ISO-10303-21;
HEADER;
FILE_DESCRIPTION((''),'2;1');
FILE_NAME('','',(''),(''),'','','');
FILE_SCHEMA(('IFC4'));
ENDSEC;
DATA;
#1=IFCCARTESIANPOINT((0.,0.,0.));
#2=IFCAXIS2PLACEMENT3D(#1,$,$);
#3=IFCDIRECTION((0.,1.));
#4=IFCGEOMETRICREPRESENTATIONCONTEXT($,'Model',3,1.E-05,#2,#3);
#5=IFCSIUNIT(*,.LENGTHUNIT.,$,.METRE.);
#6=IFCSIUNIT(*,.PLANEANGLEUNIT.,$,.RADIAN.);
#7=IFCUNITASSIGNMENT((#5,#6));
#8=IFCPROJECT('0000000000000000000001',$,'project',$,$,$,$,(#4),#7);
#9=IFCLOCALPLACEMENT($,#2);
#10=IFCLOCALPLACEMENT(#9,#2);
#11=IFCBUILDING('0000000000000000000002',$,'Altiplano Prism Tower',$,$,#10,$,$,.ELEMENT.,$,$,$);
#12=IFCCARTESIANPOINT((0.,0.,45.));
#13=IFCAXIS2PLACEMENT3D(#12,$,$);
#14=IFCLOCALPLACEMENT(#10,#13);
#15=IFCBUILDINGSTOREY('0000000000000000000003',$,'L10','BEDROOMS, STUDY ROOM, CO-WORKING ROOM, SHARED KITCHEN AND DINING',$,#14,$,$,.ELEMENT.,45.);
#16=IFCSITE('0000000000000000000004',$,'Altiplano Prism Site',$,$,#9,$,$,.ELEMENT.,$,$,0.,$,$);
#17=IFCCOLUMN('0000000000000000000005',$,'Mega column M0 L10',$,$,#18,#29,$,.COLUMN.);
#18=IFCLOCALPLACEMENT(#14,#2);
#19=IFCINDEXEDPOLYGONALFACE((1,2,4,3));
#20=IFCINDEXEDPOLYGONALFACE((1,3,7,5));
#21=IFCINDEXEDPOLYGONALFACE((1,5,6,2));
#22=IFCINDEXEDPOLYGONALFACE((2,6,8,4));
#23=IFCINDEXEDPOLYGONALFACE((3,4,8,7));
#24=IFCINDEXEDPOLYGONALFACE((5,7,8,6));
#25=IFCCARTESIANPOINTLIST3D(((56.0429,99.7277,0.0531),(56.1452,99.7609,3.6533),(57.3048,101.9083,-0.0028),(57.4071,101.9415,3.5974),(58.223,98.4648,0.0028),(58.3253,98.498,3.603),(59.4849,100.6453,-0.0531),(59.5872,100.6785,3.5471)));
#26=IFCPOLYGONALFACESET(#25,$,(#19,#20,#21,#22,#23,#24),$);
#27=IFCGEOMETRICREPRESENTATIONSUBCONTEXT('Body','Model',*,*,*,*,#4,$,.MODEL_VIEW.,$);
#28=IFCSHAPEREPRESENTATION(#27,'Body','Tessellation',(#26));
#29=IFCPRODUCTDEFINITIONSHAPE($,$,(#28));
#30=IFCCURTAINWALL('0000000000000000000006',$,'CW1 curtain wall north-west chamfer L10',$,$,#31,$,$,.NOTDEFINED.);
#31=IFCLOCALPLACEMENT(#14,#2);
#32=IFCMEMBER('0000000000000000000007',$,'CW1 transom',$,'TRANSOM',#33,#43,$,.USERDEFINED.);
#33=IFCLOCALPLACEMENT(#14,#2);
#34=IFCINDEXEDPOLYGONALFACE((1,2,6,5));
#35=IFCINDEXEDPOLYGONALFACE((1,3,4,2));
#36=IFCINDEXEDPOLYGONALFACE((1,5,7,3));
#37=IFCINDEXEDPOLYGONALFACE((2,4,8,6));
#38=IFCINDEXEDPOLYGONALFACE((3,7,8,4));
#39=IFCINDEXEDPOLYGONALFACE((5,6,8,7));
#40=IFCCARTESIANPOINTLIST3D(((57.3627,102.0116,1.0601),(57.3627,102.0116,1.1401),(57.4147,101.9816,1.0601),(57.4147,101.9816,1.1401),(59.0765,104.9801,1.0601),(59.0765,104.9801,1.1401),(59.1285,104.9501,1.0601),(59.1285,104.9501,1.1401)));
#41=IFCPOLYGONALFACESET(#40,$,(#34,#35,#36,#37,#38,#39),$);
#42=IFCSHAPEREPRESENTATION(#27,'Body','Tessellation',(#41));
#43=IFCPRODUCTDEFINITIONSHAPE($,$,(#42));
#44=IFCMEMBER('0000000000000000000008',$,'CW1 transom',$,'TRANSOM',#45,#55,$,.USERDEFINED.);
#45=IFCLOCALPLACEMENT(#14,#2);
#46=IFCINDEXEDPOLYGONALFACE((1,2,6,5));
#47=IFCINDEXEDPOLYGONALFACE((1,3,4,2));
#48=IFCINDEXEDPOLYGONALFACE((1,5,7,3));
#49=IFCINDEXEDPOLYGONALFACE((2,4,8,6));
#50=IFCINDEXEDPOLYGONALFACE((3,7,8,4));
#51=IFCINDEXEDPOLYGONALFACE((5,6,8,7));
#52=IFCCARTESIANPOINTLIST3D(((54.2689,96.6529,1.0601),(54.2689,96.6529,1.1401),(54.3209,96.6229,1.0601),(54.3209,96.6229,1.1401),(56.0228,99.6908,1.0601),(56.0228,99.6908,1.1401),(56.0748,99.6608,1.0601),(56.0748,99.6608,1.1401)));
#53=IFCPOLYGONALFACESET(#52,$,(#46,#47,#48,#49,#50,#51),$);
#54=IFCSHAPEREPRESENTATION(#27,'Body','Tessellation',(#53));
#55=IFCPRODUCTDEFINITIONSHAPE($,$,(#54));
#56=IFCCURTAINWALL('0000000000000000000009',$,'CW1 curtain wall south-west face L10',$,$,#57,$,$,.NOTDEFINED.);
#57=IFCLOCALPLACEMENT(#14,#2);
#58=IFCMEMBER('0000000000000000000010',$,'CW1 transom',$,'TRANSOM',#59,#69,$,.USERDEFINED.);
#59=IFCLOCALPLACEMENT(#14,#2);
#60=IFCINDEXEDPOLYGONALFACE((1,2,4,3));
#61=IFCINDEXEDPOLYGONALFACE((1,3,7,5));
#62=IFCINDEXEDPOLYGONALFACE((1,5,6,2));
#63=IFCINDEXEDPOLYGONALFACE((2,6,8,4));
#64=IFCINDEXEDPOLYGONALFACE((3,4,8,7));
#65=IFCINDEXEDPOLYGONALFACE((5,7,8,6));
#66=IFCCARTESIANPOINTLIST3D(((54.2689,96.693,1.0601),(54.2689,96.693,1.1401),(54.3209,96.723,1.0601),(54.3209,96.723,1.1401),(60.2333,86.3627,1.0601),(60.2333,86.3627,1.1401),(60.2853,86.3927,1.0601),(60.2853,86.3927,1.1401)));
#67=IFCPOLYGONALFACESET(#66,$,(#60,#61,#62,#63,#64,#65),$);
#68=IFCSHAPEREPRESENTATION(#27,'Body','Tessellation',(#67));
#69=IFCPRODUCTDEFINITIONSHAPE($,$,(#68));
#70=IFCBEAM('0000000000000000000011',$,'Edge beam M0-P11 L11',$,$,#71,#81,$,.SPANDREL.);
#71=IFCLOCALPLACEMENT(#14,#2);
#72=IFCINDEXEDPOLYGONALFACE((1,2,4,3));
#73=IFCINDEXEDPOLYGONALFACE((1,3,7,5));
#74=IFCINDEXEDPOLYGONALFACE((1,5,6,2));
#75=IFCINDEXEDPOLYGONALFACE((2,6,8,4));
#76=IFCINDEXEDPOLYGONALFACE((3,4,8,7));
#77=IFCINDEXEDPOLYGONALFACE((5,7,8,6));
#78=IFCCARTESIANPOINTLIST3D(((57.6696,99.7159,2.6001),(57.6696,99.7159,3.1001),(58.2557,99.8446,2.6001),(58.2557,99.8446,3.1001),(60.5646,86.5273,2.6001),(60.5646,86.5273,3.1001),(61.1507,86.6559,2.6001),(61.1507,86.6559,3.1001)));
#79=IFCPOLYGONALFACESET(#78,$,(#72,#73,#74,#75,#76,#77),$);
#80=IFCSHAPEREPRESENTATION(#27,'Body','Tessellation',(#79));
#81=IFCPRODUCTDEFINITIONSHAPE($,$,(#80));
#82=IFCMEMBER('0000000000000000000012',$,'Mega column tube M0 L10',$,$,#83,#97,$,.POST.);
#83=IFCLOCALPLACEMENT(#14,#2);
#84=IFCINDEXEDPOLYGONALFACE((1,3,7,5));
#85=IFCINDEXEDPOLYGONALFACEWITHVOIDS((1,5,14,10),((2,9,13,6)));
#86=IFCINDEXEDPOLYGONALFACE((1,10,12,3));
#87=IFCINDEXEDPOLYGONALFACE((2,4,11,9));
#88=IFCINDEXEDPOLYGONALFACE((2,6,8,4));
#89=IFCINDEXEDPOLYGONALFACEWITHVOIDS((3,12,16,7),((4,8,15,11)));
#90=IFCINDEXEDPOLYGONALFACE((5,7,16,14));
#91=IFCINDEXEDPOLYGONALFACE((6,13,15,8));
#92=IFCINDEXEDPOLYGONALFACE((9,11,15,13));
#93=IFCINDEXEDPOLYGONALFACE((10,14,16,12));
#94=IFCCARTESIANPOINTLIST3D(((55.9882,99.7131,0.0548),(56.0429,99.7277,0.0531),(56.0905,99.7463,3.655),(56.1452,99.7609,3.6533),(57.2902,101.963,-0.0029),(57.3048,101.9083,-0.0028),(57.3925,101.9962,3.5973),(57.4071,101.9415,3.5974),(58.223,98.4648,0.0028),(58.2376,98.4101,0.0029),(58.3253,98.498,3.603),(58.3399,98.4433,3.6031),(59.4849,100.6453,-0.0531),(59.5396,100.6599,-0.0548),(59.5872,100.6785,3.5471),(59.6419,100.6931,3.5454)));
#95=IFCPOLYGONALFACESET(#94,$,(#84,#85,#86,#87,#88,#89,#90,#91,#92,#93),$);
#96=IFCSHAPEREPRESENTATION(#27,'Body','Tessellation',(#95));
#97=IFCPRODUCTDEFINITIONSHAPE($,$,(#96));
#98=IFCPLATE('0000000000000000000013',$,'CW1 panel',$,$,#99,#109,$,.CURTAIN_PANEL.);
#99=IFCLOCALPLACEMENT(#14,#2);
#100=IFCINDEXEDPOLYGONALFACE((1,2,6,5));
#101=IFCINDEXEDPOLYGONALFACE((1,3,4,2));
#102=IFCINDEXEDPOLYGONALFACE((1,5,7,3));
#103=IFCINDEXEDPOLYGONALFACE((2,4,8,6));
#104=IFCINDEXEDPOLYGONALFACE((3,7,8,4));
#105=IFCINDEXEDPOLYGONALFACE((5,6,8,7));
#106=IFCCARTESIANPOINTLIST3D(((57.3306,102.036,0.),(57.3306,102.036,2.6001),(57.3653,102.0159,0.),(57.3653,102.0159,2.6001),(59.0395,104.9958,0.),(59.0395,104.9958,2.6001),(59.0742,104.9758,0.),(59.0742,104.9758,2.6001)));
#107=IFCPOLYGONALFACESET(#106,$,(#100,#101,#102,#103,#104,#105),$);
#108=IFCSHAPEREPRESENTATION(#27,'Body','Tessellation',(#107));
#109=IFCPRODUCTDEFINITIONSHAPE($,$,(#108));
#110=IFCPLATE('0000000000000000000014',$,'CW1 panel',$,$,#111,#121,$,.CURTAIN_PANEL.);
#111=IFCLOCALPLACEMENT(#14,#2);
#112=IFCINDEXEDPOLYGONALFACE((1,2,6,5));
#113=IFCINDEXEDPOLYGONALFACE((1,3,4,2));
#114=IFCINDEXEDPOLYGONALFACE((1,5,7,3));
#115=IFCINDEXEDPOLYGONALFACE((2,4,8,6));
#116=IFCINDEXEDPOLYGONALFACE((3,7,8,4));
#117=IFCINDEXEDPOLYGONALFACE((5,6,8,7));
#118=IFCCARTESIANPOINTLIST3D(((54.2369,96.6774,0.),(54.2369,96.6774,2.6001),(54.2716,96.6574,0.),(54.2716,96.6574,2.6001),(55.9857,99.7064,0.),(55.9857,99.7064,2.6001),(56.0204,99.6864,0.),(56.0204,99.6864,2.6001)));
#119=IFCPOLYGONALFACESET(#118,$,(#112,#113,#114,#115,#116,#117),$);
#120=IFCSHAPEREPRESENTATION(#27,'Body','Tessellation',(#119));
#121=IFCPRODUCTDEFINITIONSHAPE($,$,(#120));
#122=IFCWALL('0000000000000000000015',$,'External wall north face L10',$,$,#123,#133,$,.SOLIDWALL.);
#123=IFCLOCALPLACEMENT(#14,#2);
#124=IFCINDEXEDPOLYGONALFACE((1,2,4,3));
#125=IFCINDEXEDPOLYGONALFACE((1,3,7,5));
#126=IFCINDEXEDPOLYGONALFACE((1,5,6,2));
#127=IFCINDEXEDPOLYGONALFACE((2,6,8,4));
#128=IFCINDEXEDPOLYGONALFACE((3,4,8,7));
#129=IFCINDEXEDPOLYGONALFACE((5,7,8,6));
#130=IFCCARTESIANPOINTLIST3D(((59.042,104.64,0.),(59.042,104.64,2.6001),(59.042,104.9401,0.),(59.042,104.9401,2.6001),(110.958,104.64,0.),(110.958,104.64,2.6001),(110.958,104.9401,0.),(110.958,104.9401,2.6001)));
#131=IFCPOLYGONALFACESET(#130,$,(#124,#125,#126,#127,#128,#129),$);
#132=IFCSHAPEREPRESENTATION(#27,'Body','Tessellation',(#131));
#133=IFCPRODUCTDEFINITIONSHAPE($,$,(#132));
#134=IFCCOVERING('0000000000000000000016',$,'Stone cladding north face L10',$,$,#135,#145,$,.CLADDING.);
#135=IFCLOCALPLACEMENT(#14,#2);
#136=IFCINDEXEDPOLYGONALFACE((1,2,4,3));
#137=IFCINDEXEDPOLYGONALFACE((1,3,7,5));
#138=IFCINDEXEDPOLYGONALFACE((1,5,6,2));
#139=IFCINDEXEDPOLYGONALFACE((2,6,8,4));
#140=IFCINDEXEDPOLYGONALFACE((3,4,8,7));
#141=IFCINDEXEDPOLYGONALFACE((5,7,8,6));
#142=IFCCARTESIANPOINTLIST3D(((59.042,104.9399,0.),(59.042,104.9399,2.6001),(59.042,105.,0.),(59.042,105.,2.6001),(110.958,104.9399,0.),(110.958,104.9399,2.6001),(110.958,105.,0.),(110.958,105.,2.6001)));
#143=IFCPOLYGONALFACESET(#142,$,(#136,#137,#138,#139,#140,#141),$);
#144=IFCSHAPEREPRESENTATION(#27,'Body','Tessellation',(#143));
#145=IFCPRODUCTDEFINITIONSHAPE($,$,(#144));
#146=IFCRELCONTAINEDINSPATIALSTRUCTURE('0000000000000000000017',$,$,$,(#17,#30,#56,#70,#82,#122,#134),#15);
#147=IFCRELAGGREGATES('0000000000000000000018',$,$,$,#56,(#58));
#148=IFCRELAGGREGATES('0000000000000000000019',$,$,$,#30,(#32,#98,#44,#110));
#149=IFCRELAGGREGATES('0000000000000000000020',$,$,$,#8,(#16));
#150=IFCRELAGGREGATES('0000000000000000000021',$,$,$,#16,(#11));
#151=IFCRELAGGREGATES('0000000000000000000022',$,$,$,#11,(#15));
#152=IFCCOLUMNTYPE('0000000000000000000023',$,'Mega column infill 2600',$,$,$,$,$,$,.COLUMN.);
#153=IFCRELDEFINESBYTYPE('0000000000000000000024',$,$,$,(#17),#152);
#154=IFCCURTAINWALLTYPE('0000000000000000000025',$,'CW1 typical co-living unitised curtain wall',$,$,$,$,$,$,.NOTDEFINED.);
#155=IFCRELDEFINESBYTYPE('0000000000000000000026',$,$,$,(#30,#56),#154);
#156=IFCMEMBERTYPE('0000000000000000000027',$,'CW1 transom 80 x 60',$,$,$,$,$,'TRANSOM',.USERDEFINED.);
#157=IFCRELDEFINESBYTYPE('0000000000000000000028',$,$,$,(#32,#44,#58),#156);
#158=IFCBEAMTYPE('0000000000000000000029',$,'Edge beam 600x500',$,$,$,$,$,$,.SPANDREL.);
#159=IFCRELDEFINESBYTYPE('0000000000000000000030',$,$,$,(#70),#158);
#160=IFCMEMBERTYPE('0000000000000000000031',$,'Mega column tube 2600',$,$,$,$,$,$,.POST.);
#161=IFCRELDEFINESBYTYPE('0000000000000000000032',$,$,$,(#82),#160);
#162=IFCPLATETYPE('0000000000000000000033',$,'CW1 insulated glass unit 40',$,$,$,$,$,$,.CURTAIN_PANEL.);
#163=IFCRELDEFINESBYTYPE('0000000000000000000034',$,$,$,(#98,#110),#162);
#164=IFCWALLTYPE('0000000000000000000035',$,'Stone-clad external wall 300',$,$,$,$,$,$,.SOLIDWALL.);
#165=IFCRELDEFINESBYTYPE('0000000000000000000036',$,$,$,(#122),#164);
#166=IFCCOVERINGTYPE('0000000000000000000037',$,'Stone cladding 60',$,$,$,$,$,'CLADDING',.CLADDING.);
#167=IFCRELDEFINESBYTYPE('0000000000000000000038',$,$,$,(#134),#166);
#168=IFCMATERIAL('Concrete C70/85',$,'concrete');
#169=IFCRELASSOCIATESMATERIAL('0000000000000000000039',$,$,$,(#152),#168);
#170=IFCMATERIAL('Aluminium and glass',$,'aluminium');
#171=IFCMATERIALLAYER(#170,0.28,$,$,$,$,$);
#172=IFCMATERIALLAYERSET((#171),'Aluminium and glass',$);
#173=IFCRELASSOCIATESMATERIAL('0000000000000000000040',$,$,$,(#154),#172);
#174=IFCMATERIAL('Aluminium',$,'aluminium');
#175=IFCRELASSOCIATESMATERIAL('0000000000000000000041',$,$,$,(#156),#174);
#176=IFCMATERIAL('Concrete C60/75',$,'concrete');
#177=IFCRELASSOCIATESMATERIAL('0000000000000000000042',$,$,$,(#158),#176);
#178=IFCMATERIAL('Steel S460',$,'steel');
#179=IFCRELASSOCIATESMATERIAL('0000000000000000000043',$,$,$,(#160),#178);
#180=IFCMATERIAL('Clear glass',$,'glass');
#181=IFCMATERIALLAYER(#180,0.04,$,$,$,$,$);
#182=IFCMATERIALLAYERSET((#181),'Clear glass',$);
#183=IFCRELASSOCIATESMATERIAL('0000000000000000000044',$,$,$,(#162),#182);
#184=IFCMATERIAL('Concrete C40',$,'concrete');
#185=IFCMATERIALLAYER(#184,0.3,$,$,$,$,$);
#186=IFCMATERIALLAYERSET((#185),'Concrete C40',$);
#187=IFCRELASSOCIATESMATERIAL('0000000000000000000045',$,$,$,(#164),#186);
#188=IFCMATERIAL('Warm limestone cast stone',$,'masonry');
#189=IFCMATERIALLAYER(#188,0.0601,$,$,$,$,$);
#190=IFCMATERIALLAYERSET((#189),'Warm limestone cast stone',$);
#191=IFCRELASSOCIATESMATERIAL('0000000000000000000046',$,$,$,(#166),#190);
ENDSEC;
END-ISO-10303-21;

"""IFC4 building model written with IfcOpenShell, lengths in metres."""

from ifc_helpers import new_model, si_unit, direction, frame, frame_2d, origin, origin_2d, place, context, subcontext, project, spatial, rectangle, hollow_rectangle, extrude, material, layer, layer_set, material_profile, profile_set, type_object, element, aggregate, save


model = new_model("IFC4")

# Units and contexts
model_context = context("Model", 3, precision=1e-05, world=origin(), true_north=direction((0.0, 1.0)))
body_context = subcontext(model_context, "Body", "Model", "MODEL_VIEW")
ifc_project = project(units=[si_unit("LENGTHUNIT", "METRE"), si_unit("PLANEANGLEUNIT", "RADIAN")], contexts=[model_context])

# Site, building, storey
site_placement = place(None, origin())
site = spatial("IfcSite", under=ifc_project, at=site_placement, Name="Altiplano Prism Site", CompositionType="ELEMENT", RefElevation=0.0)
building_placement = place(site_placement, origin())
building = spatial("IfcBuilding", under=site, at=building_placement, Name="Altiplano Prism Tower", CompositionType="ELEMENT")
storey_placement = place(building_placement, frame((0.0, 0.0, 45.0)))
storey = spatial("IfcBuildingStorey", under=building, at=storey_placement, Name="L10", Description="BEDROOMS, STUDY ROOM, CO-WORKING ROOM, SHARED KITCHEN AND DINING", CompositionType="ELEMENT", Elevation=45.0)

# Column
ifc_material_1 = material(Name="Concrete C70/85", Category="concrete")
ifc_material_profile_1 = material_profile(ifc_material_1, rectangle(XDim=2.52, YDim=2.52, at=origin_2d()), Name="Mega column infill 2600")
ifc_profile_set_1 = profile_set([ifc_material_profile_1], Name="Concrete C70/85")
column_type = type_object("IfcColumnType", Name="Mega column infill 2600", PredefinedType="COLUMN", material=ifc_profile_set_1)
column_placement = place(storey_placement, frame((57.7639, 100.1865, 0.0), z_axis=(0.028402, 0.009219, 0.999554), x_axis=(-0.865123, 0.501162, 0.01996)))
element("IfcColumn", 1, at=column_placement, inside=storey, type_object=column_type, Name="Mega column M0 L10", PredefinedType="COLUMN", context=body_context, shape_type="SweptSolid", body=[
    extrude(rectangle(XDim=2.52, YDim=2.52, at=origin_2d()), origin(), (0.0, 0.0, 1.0), 3.6018),
])

# Curtain wall, members
ifc_material_2 = material(Name="Aluminium and glass", Category="aluminium")
ifc_layer_1 = layer(ifc_material_2, 0.28)
ifc_layer_set_1 = layer_set([ifc_layer_1], Name="Aluminium and glass")
curtain_wall_type = type_object("IfcCurtainWallType", Name="CW1 typical co-living unitised curtain wall", PredefinedType="NOTDEFINED", material=ifc_layer_set_1)
curtain_wall_1_placement = place(storey_placement, origin())
curtain_wall_1 = element("IfcCurtainWall", 2, at=curtain_wall_1_placement, inside=storey, type_object=curtain_wall_type, Name="CW1 curtain wall north-west chamfer L10", PredefinedType="NOTDEFINED")
ifc_material_3 = material(Name="Aluminium", Category="aluminium")
ifc_material_profile_2 = material_profile(ifc_material_3, rectangle(XDim=0.0601, YDim=0.0801, at=origin_2d()), Name="CW1 transom 80 x 60")
ifc_profile_set_2 = profile_set([ifc_material_profile_2], Name="Aluminium")
member_type_1 = type_object("IfcMemberType", Name="CW1 transom 80 x 60", ElementType="TRANSOM", PredefinedType="USERDEFINED", material=ifc_profile_set_2)
member_1_placement = place(storey_placement, frame((59.1025, 104.9651, 1.1001), z_axis=(-0.5, -0.866025, 0.0), x_axis=(0.866025, -0.5, 0.0)))
member_1 = element("IfcMember", 3, at=member_1_placement, type_object=member_type_1, Name="CW1 transom", ObjectType="TRANSOM", PredefinedType="USERDEFINED", context=body_context, shape_type="SweptSolid", body=[
    extrude(rectangle(XDim=0.0601, YDim=0.0801, at=origin_2d()), origin(), (0.0, 0.0, 1.0), 3.4277),
])
member_2_placement = place(storey_placement, frame((56.0488, 99.6758, 1.1001), z_axis=(-0.500002, -0.866024, 0.0), x_axis=(0.866024, -0.500002, 0.0)))
member_2 = element("IfcMember", 4, at=member_2_placement, type_object=member_type_1, Name="CW1 transom", ObjectType="TRANSOM", PredefinedType="USERDEFINED", context=body_context, shape_type="SweptSolid", body=[
    extrude(rectangle(XDim=0.0601, YDim=0.0801, at=origin_2d()), origin(), (0.0, 0.0, 1.0), 3.5078),
])

# Curtain wall, member
curtain_wall_2_placement = place(storey_placement, origin())
curtain_wall_2 = element("IfcCurtainWall", 5, at=curtain_wall_2_placement, inside=storey, type_object=curtain_wall_type, Name="CW1 curtain wall south-west face L10", PredefinedType="NOTDEFINED")
member_3_placement = place(storey_placement, frame((54.2949, 96.708, 1.1001), z_axis=(0.500009, -0.86602, 0.0), x_axis=(0.86602, 0.500009, 0.0)))
member_3 = element("IfcMember", 6, at=member_3_placement, type_object=member_type_1, Name="CW1 transom", ObjectType="TRANSOM", PredefinedType="USERDEFINED", context=body_context, shape_type="SweptSolid", body=[
    extrude(rectangle(XDim=0.0601, YDim=0.0801, at=origin_2d()), origin(), (0.0, 0.0, 1.0), 11.9285),
])
aggregate(curtain_wall_2, [member_3])

# Beam
ifc_material_4 = material(Name="Concrete C60/75", Category="concrete")
ifc_material_profile_3 = material_profile(ifc_material_4, rectangle(XDim=0.6001, YDim=0.5, at=origin_2d()), Name="Edge beam 600x500")
ifc_profile_set_3 = profile_set([ifc_material_profile_3], Name="Concrete C60/75")
beam_type = type_object("IfcBeamType", Name="Edge beam 600x500", PredefinedType="SPANDREL", material=ifc_profile_set_3)
beam_placement = place(storey_placement, frame((57.9626, 99.7803, 2.8501), z_axis=(0.214403, -0.976745, 0.0), x_axis=(0.976745, 0.214403, 0.0)))
element("IfcBeam", 7, at=beam_placement, inside=storey, type_object=beam_type, Name="Edge beam M0-P11 L11", PredefinedType="SPANDREL", context=body_context, shape_type="SweptSolid", body=[
    extrude(rectangle(XDim=0.6001, YDim=0.5, at=origin_2d()), origin(), (0.0, 0.0, 1.0), 13.5027),
])

# Member
ifc_material_5 = material(Name="Steel S460", Category="steel")
ifc_material_profile_4 = material_profile(ifc_material_5, hollow_rectangle(XDim=2.6001, YDim=2.6001, WallThickness=0.04, at=origin_2d()), Name="Mega column tube 2600")
ifc_profile_set_4 = profile_set([ifc_material_profile_4], Name="Steel S460")
member_type_2 = type_object("IfcMemberType", Name="Mega column tube 2600", PredefinedType="POST", material=ifc_profile_set_4)
member_4_placement = place(storey_placement, frame((57.7639, 100.1865, 0.0), z_axis=(0.028402, 0.009219, 0.999554), x_axis=(-0.865123, 0.501162, 0.01996)))
element("IfcMember", 8, at=member_4_placement, inside=storey, type_object=member_type_2, Name="Mega column tube M0 L10", PredefinedType="POST", context=body_context, shape_type="SweptSolid", body=[
    extrude(hollow_rectangle(XDim=2.6001, YDim=2.6001, WallThickness=0.04, at=origin_2d()), origin(), (0.0, 0.0, 1.0), 3.6018),
])

# Plates
ifc_material_6 = material(Name="Clear glass", Category="glass")
ifc_layer_2 = layer(ifc_material_6, 0.04)
ifc_layer_set_2 = layer_set([ifc_layer_2], Name="Clear glass")
plate_type = type_object("IfcPlateType", Name="CW1 insulated glass unit 40", PredefinedType="CURTAIN_PANEL", material=ifc_layer_set_2)
plate_1_placement = place(storey_placement, frame((58.2024, 103.5059, 0.0), z_axis=(0.0, 0.0, 1.0), x_axis=(-0.5, -0.866025, 0.0)))
plate_1 = element("IfcPlate", 9, at=plate_1_placement, type_object=plate_type, Name="CW1 panel", PredefinedType="CURTAIN_PANEL", context=body_context, shape_type="SweptSolid", body=[
    extrude(rectangle(XDim=3.4177, YDim=0.04, at=origin_2d()), origin(), (0.0, 0.0, 1.0), 2.6001),
])
plate_2_placement = place(storey_placement, frame((55.1287, 98.1819, 0.0), z_axis=(0.0, 0.0, 1.0), x_axis=(-0.5, -0.866025, 0.0)))
plate_2 = element("IfcPlate", 10, at=plate_2_placement, type_object=plate_type, Name="CW1 panel", PredefinedType="CURTAIN_PANEL", context=body_context, shape_type="SweptSolid", body=[
    extrude(rectangle(XDim=3.4976, YDim=0.04, at=origin_2d()), origin(), (0.0, 0.0, 1.0), 2.6001),
])
aggregate(curtain_wall_1, [member_1, plate_1, member_2, plate_2])

# Wall
ifc_material_7 = material(Name="Concrete C40", Category="concrete")
ifc_layer_3 = layer(ifc_material_7, 0.3)
ifc_layer_set_3 = layer_set([ifc_layer_3], Name="Concrete C40")
wall_type = type_object("IfcWallType", Name="Stone-clad external wall 300", PredefinedType="SOLIDWALL", material=ifc_layer_set_3)
wall_placement = place(storey_placement, frame((59.042, 104.79, 0.0), z_axis=(0.0, 0.0, 1.0), x_axis=(1.0, 0.0, 0.0)))
element("IfcWall", 11, at=wall_placement, inside=storey, type_object=wall_type, Name="External wall north face L10", PredefinedType="SOLIDWALL", context=body_context, shape_type="SweptSolid", body=[
    extrude(rectangle(XDim=51.916, YDim=0.3, at=frame_2d((25.958, 0.0))), origin(), (0.0, 0.0, 1.0), 2.6001),
])

# Covering
ifc_material_8 = material(Name="Warm limestone cast stone", Category="masonry")
ifc_layer_4 = layer(ifc_material_8, 0.0601)
ifc_layer_set_4 = layer_set([ifc_layer_4], Name="Warm limestone cast stone")
covering_type = type_object("IfcCoveringType", Name="Stone cladding 60", ElementType="CLADDING", PredefinedType="CLADDING", material=ifc_layer_set_4)
covering_placement = place(storey_placement, frame((59.042, 104.97, 0.0), z_axis=(0.0, 0.0, 1.0), x_axis=(1.0, 0.0, 0.0)))
element("IfcCovering", 12, at=covering_placement, inside=storey, type_object=covering_type, Name="Stone cladding north face L10", PredefinedType="CLADDING", context=body_context, shape_type="SweptSolid", body=[
    extrude(rectangle(XDim=51.916, YDim=0.0601, at=frame_2d((25.958, 0.0))), origin(), (0.0, 0.0, 1.0), 2.6001),
])

save(model, "model.ifc")
